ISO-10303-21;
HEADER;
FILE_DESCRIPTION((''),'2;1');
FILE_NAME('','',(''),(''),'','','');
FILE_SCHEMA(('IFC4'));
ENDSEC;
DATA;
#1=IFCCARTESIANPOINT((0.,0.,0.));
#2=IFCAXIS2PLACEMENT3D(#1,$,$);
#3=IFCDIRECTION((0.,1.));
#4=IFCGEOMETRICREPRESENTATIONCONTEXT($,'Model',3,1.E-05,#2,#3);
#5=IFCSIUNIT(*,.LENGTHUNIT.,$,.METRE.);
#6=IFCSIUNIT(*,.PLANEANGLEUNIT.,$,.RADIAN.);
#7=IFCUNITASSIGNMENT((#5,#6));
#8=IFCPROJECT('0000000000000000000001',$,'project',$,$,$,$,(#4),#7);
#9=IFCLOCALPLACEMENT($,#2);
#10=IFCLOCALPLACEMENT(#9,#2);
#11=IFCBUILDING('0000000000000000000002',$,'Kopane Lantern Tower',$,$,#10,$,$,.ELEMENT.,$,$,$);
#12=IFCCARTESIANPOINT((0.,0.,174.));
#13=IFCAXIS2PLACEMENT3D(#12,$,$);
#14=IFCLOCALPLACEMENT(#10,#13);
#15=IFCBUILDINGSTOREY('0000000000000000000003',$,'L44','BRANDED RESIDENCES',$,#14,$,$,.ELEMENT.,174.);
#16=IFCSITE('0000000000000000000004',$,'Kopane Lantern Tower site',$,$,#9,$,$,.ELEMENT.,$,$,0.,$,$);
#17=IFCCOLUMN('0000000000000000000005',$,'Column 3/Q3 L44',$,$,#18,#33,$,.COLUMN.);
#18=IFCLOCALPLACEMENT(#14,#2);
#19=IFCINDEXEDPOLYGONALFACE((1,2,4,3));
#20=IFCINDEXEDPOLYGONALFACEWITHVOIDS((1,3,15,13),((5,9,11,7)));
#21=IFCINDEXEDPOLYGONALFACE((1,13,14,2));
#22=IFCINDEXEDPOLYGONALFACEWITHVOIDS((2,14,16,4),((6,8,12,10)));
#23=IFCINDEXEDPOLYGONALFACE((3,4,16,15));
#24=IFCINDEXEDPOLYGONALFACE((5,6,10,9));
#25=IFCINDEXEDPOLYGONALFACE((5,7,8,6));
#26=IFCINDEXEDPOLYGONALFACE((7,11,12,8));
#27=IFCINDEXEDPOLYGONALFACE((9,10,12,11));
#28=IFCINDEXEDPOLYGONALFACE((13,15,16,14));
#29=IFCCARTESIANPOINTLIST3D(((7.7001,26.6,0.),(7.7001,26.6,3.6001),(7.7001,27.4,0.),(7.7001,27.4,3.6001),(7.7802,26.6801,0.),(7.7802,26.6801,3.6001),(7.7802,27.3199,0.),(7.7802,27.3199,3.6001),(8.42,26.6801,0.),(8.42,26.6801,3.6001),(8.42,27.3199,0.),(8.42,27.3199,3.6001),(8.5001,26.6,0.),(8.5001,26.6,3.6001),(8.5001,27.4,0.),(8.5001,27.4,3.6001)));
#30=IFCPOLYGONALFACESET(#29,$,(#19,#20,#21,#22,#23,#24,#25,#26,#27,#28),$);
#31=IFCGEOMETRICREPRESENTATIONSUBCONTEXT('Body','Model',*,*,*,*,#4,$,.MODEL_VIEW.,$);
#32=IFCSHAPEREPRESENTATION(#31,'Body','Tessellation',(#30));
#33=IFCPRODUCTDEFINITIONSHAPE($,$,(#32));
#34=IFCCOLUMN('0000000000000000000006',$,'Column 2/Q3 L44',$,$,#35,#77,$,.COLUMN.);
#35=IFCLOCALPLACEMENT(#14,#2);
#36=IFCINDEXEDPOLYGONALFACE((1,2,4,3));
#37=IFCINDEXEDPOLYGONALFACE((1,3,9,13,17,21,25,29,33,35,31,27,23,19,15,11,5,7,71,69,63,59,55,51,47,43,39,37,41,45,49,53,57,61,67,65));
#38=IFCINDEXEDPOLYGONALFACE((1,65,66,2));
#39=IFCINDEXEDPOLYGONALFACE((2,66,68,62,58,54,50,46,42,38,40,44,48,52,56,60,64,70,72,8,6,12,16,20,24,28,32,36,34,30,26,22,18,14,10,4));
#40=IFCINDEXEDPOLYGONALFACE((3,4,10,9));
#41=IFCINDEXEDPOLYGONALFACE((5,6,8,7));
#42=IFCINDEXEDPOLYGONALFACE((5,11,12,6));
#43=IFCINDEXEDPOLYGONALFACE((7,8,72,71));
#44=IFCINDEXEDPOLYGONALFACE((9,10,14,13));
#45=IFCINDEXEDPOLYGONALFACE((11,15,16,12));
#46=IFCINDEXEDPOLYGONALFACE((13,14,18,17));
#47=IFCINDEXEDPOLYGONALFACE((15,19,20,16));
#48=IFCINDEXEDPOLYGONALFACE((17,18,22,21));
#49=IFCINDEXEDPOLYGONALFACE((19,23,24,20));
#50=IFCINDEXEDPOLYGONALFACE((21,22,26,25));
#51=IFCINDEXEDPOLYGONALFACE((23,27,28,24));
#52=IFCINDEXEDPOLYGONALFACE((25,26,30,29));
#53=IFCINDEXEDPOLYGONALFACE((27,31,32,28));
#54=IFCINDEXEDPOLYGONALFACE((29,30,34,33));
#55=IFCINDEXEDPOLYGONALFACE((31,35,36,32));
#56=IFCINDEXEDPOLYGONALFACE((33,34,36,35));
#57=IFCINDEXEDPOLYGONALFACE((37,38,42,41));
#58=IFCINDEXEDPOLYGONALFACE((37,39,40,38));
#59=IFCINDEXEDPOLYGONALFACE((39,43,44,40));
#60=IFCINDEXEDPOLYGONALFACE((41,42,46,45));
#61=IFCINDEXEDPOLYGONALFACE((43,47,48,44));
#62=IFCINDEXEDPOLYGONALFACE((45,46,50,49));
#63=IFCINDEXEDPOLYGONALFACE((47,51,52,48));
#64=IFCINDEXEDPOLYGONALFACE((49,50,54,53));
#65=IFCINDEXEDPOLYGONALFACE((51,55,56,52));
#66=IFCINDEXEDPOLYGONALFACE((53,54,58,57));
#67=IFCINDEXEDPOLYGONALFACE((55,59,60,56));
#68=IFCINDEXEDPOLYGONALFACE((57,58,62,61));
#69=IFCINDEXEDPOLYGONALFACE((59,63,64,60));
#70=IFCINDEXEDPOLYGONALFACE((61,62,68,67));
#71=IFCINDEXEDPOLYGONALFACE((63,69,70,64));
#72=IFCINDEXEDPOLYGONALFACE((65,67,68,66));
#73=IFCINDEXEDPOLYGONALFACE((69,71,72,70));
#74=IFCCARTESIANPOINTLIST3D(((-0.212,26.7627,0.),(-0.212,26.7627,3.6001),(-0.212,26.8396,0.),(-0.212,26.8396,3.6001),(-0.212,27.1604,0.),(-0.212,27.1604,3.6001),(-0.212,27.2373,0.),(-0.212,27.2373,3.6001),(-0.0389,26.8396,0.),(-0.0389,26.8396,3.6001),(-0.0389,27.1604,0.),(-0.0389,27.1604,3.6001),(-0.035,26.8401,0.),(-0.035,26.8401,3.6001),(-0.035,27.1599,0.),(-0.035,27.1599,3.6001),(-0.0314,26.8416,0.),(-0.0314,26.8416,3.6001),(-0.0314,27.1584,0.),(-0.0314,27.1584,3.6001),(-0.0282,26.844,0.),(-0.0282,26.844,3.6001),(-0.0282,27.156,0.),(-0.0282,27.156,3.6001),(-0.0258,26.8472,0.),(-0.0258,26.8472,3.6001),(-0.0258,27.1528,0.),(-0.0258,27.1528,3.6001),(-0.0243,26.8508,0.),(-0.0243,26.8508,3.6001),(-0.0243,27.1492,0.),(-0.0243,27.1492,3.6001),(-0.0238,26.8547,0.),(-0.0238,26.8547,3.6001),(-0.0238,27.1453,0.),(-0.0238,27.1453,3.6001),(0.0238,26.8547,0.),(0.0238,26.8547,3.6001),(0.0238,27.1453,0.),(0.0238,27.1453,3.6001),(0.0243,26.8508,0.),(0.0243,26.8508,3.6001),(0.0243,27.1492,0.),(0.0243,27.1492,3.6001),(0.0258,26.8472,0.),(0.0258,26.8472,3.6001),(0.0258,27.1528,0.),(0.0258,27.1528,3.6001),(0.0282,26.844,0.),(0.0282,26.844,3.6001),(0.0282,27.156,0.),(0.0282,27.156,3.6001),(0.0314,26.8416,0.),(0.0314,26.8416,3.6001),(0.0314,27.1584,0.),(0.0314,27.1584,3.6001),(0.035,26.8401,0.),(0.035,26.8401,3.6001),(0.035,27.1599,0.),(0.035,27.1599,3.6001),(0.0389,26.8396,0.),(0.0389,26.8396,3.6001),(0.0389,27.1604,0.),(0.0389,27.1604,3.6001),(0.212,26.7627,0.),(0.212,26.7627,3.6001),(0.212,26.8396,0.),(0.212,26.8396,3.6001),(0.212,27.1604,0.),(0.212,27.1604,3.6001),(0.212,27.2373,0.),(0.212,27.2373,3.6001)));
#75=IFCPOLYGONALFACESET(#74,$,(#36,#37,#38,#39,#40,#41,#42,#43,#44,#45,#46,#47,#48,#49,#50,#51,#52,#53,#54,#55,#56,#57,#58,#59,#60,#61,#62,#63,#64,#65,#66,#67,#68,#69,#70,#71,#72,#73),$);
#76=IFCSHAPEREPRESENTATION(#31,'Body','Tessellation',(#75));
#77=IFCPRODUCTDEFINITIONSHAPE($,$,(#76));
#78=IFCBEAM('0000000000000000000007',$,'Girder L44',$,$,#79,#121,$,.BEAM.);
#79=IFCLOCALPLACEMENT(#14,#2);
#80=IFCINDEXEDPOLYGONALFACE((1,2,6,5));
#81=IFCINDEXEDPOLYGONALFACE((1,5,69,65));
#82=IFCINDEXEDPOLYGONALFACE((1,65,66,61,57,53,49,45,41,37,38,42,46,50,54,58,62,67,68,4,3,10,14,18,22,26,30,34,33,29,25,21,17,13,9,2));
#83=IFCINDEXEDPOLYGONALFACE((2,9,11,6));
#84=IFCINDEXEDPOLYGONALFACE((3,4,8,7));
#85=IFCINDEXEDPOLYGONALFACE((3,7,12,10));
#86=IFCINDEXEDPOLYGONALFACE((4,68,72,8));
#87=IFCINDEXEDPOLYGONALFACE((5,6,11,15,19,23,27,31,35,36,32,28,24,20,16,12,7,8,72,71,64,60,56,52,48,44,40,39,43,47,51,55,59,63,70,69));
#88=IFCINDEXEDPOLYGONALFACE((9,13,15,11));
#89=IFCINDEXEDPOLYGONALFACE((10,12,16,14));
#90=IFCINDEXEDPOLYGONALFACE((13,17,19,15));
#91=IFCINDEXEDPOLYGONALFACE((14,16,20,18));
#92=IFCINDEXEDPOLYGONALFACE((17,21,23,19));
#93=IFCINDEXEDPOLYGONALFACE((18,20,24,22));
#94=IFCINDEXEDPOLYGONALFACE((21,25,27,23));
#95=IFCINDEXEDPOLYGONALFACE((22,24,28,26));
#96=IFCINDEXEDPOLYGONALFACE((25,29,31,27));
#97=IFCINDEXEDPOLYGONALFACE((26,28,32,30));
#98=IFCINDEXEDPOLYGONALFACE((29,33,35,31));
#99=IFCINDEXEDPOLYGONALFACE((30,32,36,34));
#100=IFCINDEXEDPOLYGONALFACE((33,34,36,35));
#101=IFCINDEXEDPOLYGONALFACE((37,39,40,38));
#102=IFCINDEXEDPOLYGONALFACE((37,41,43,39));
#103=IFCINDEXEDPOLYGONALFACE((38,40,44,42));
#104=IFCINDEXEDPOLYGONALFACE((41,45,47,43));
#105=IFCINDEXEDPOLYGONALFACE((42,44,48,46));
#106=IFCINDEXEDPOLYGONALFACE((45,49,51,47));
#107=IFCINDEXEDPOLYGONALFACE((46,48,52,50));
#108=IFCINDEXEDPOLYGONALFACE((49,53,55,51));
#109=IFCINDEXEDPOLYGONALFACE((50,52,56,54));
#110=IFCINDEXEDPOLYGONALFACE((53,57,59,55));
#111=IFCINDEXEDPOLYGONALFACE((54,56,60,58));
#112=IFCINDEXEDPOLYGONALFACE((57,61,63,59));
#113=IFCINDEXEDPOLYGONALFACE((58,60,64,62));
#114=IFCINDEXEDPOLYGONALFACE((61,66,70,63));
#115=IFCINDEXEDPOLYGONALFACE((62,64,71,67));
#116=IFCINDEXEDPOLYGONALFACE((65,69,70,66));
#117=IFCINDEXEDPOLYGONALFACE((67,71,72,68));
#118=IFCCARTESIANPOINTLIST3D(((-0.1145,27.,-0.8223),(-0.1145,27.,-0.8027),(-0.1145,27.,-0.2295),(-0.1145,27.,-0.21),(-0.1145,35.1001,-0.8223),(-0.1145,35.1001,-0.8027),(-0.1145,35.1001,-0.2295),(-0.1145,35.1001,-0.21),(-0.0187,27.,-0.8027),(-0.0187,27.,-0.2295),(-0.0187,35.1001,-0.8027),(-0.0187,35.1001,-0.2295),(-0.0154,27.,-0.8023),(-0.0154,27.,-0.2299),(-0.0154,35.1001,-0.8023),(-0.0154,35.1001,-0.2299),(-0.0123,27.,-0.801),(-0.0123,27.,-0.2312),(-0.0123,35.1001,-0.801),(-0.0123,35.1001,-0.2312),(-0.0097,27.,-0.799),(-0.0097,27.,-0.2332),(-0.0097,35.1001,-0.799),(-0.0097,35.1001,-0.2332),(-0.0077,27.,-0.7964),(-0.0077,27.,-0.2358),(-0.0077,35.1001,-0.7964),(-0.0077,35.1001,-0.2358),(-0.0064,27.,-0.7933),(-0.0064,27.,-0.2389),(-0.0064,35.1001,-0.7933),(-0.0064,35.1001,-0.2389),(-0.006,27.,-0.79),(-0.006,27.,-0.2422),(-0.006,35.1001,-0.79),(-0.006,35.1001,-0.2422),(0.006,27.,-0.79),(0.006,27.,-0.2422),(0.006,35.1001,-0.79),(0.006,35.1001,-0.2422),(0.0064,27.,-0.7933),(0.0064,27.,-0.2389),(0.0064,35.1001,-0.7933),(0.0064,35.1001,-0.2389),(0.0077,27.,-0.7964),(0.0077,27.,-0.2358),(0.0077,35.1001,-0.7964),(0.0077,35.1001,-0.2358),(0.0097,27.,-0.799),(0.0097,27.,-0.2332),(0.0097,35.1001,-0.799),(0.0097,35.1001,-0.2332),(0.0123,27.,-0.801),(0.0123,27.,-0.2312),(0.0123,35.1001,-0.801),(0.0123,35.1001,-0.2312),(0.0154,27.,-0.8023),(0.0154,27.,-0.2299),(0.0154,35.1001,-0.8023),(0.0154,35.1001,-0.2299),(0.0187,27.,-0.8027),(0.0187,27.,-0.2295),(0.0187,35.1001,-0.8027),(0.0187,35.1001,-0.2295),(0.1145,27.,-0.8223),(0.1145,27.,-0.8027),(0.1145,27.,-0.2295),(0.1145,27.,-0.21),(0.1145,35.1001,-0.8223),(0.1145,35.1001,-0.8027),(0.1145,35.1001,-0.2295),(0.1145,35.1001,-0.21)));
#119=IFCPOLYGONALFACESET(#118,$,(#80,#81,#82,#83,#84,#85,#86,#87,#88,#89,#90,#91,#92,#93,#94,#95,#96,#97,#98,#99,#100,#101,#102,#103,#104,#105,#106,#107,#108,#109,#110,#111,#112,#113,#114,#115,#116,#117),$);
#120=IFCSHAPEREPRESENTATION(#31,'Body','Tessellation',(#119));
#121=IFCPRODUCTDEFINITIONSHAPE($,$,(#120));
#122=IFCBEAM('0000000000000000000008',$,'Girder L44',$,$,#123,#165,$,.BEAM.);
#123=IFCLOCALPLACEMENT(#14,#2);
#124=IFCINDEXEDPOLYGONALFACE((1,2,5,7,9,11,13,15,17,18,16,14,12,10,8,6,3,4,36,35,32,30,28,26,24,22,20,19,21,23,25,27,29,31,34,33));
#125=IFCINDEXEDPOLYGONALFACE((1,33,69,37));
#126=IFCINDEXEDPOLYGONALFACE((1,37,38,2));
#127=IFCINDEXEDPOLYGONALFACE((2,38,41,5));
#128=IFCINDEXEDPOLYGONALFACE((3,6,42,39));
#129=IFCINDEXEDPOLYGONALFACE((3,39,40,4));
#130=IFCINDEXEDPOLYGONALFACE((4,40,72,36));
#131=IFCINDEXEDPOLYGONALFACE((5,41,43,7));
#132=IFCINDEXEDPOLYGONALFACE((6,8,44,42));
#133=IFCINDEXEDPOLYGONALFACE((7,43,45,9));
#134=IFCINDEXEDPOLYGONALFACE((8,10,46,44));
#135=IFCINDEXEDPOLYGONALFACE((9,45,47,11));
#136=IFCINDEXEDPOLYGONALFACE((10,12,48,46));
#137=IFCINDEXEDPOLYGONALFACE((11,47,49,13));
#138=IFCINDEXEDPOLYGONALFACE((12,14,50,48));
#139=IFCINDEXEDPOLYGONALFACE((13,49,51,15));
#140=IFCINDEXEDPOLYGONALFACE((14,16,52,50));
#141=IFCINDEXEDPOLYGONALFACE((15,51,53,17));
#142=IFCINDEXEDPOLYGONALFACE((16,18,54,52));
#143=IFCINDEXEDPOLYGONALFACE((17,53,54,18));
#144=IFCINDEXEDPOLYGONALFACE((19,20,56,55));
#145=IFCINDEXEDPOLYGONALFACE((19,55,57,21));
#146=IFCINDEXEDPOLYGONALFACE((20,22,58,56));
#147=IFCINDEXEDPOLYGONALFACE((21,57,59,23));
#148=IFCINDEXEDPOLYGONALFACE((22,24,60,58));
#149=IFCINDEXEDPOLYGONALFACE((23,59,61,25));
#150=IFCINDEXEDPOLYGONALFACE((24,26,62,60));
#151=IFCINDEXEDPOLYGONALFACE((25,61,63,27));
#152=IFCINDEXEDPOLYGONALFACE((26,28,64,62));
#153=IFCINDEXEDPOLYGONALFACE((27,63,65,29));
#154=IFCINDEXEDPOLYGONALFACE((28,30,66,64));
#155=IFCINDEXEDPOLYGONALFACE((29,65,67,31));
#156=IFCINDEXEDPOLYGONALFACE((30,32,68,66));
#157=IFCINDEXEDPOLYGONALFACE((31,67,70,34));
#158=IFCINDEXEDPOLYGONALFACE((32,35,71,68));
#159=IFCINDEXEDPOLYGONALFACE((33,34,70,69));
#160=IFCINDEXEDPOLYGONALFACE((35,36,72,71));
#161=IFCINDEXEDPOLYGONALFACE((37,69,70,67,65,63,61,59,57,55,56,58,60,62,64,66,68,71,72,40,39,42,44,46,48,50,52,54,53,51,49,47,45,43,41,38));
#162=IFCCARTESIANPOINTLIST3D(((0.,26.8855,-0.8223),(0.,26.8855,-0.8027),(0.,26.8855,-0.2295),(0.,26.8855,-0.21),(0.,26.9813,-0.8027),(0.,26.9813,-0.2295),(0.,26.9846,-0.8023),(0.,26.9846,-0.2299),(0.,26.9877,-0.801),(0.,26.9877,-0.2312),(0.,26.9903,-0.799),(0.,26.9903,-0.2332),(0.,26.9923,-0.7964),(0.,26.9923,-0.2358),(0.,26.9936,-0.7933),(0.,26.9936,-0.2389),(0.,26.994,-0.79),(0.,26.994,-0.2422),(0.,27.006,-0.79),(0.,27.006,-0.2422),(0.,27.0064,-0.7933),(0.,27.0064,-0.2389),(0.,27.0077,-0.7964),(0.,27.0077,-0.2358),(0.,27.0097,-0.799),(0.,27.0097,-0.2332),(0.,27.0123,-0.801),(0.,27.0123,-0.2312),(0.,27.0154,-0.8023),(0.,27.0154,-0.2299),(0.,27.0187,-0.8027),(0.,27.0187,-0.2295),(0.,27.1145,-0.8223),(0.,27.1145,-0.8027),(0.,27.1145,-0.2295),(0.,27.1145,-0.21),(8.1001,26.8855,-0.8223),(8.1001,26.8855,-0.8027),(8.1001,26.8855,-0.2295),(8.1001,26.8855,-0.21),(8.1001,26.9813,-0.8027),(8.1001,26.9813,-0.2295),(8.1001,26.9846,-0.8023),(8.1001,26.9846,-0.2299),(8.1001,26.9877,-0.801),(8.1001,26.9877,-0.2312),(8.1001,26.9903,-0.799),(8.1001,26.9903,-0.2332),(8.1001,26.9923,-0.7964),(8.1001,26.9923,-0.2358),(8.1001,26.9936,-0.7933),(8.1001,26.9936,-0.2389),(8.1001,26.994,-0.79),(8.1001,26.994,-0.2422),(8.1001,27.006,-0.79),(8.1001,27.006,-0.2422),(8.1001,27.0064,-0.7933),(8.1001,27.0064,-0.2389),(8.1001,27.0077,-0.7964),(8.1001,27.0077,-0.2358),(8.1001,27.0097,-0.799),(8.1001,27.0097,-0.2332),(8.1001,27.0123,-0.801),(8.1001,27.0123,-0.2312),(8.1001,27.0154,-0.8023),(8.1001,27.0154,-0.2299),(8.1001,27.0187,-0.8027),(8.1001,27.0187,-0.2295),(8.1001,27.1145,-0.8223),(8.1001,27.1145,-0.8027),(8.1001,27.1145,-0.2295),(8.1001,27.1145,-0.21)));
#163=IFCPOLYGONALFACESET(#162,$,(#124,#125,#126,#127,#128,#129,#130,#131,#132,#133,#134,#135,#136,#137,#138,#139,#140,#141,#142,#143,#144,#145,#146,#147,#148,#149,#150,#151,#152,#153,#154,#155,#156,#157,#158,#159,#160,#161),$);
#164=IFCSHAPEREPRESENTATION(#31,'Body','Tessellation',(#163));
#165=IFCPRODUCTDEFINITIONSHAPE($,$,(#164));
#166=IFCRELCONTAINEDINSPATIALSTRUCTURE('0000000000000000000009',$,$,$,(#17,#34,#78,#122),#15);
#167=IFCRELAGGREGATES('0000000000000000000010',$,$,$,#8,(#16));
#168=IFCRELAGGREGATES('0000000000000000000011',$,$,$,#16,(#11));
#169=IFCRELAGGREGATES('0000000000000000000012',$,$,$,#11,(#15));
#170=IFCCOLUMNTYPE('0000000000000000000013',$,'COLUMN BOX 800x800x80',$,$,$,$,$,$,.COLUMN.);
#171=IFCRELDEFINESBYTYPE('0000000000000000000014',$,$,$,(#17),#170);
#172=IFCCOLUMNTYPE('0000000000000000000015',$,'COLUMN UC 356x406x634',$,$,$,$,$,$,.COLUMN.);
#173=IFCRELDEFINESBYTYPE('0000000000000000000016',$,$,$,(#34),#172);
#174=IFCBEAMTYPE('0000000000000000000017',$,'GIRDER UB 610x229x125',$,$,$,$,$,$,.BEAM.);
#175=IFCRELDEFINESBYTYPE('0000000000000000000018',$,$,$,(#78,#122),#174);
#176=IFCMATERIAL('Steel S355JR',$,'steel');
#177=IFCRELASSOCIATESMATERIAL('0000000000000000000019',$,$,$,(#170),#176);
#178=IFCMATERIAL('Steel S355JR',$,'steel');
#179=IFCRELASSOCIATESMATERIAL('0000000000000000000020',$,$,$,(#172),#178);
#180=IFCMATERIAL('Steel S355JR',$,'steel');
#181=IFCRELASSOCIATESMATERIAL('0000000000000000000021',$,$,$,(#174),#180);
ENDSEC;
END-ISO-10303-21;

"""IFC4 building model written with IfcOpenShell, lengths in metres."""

from ifc_helpers import new_model, si_unit, direction, frame, origin, origin_2d, place, context, subcontext, project, spatial, hollow_rectangle, i_section, extrude, material, material_profile, profile_set, type_object, element, save


model = new_model("IFC4")

# Units and contexts
model_context = context("Model", 3, precision=1e-05, world=origin(), true_north=direction((0.0, 1.0)))
body_context = subcontext(model_context, "Body", "Model", "MODEL_VIEW")
ifc_project = project(units=[si_unit("LENGTHUNIT", "METRE"), si_unit("PLANEANGLEUNIT", "RADIAN")], contexts=[model_context])

# Site, building, storey
site_placement = place(None, origin())
site = spatial("IfcSite", under=ifc_project, at=site_placement, Name="Kopane Lantern Tower site", CompositionType="ELEMENT", RefElevation=0.0)
building_placement = place(site_placement, origin())
building = spatial("IfcBuilding", under=site, at=building_placement, Name="Kopane Lantern Tower", CompositionType="ELEMENT")
storey_placement = place(building_placement, frame((0.0, 0.0, 174.0)))
storey = spatial("IfcBuildingStorey", under=building, at=storey_placement, Name="L44", Description="BRANDED RESIDENCES", CompositionType="ELEMENT", Elevation=174.0)

# Columns
ifc_material_1 = material(Name="Steel S355JR", Category="steel")
ifc_material_profile_1 = material_profile(ifc_material_1, hollow_rectangle(XDim=0.8, YDim=0.8, WallThickness=0.0801, at=origin_2d()), Name="BOX 800x800x80")
ifc_profile_set_1 = profile_set([ifc_material_profile_1], Name="Steel S355JR")
column_type_1 = type_object("IfcColumnType", Name="COLUMN BOX 800x800x80", PredefinedType="COLUMN", material=ifc_profile_set_1)
column_1_placement = place(storey_placement, frame((8.1001, 27.0, 0.0), z_axis=(0.0, 0.0, 1.0), x_axis=(1.0, 0.0, 0.0)))
element("IfcColumn", 1, at=column_1_placement, inside=storey, type_object=column_type_1, Name="Column 3/Q3 L44", PredefinedType="COLUMN", context=body_context, shape_type="SweptSolid", body=[
    extrude(hollow_rectangle(XDim=0.8, YDim=0.8, WallThickness=0.0801, at=origin_2d()), origin(), (0.0, 0.0, 1.0), 3.6001),
])
ifc_material_2 = material(Name="Steel S355JR", Category="steel")
ifc_material_profile_2 = material_profile(ifc_material_2, i_section(OverallWidth=0.4241, OverallDepth=0.4746, WebThickness=0.0476, FlangeThickness=0.0769, FilletRadius=0.0151, at=origin_2d()), Name="UC 356x406x634")
ifc_profile_set_2 = profile_set([ifc_material_profile_2], Name="Steel S355JR")
column_type_2 = type_object("IfcColumnType", Name="COLUMN UC 356x406x634", PredefinedType="COLUMN", material=ifc_profile_set_2)
column_2_placement = place(storey_placement, frame((0.0, 27.0, 0.0), z_axis=(0.0, 0.0, 1.0), x_axis=(1.0, 0.0, 0.0)))
element("IfcColumn", 2, at=column_2_placement, inside=storey, type_object=column_type_2, Name="Column 2/Q3 L44", PredefinedType="COLUMN", context=body_context, shape_type="SweptSolid", body=[
    extrude(i_section(OverallWidth=0.4241, OverallDepth=0.4746, WebThickness=0.0476, FlangeThickness=0.0769, FilletRadius=0.0151, at=origin_2d()), origin(), (0.0, 0.0, 1.0), 3.6001),
])

# Beams
ifc_material_3 = material(Name="Steel S355JR", Category="steel")
ifc_material_profile_3 = material_profile(ifc_material_3, i_section(OverallWidth=0.229, OverallDepth=0.6123, WebThickness=0.012, FlangeThickness=0.0195, FilletRadius=0.0127, at=origin_2d()), Name="UB 610x229x125")
ifc_profile_set_3 = profile_set([ifc_material_profile_3], Name="Steel S355JR")
beam_type = type_object("IfcBeamType", Name="GIRDER UB 610x229x125", PredefinedType="BEAM", material=ifc_profile_set_3)
for number, where, z_axis, x_axis, name in (
    (3, (0.0, 27.0, -0.5161), (0.0, 1.0, 0.0), (-1.0, 0.0, 0.0), "Girder L44"),
    (4, (0.0, 27.0, -0.5161), (1.0, 0.0, 0.0), (0.0, 1.0, 0.0), "Girder L44"),
):
    element("IfcBeam", number, at=place(storey_placement, frame(where, z_axis=z_axis, x_axis=x_axis)), inside=storey, type_object=beam_type, Name=name, PredefinedType="BEAM", context=body_context, shape_type="SweptSolid", body=[
        extrude(i_section(OverallWidth=0.229, OverallDepth=0.6123, WebThickness=0.012, FlangeThickness=0.0195, FilletRadius=0.0127, at=origin_2d()), origin(), (0.0, 0.0, 1.0), 8.1001),
    ])

save(model, "model.ifc")
